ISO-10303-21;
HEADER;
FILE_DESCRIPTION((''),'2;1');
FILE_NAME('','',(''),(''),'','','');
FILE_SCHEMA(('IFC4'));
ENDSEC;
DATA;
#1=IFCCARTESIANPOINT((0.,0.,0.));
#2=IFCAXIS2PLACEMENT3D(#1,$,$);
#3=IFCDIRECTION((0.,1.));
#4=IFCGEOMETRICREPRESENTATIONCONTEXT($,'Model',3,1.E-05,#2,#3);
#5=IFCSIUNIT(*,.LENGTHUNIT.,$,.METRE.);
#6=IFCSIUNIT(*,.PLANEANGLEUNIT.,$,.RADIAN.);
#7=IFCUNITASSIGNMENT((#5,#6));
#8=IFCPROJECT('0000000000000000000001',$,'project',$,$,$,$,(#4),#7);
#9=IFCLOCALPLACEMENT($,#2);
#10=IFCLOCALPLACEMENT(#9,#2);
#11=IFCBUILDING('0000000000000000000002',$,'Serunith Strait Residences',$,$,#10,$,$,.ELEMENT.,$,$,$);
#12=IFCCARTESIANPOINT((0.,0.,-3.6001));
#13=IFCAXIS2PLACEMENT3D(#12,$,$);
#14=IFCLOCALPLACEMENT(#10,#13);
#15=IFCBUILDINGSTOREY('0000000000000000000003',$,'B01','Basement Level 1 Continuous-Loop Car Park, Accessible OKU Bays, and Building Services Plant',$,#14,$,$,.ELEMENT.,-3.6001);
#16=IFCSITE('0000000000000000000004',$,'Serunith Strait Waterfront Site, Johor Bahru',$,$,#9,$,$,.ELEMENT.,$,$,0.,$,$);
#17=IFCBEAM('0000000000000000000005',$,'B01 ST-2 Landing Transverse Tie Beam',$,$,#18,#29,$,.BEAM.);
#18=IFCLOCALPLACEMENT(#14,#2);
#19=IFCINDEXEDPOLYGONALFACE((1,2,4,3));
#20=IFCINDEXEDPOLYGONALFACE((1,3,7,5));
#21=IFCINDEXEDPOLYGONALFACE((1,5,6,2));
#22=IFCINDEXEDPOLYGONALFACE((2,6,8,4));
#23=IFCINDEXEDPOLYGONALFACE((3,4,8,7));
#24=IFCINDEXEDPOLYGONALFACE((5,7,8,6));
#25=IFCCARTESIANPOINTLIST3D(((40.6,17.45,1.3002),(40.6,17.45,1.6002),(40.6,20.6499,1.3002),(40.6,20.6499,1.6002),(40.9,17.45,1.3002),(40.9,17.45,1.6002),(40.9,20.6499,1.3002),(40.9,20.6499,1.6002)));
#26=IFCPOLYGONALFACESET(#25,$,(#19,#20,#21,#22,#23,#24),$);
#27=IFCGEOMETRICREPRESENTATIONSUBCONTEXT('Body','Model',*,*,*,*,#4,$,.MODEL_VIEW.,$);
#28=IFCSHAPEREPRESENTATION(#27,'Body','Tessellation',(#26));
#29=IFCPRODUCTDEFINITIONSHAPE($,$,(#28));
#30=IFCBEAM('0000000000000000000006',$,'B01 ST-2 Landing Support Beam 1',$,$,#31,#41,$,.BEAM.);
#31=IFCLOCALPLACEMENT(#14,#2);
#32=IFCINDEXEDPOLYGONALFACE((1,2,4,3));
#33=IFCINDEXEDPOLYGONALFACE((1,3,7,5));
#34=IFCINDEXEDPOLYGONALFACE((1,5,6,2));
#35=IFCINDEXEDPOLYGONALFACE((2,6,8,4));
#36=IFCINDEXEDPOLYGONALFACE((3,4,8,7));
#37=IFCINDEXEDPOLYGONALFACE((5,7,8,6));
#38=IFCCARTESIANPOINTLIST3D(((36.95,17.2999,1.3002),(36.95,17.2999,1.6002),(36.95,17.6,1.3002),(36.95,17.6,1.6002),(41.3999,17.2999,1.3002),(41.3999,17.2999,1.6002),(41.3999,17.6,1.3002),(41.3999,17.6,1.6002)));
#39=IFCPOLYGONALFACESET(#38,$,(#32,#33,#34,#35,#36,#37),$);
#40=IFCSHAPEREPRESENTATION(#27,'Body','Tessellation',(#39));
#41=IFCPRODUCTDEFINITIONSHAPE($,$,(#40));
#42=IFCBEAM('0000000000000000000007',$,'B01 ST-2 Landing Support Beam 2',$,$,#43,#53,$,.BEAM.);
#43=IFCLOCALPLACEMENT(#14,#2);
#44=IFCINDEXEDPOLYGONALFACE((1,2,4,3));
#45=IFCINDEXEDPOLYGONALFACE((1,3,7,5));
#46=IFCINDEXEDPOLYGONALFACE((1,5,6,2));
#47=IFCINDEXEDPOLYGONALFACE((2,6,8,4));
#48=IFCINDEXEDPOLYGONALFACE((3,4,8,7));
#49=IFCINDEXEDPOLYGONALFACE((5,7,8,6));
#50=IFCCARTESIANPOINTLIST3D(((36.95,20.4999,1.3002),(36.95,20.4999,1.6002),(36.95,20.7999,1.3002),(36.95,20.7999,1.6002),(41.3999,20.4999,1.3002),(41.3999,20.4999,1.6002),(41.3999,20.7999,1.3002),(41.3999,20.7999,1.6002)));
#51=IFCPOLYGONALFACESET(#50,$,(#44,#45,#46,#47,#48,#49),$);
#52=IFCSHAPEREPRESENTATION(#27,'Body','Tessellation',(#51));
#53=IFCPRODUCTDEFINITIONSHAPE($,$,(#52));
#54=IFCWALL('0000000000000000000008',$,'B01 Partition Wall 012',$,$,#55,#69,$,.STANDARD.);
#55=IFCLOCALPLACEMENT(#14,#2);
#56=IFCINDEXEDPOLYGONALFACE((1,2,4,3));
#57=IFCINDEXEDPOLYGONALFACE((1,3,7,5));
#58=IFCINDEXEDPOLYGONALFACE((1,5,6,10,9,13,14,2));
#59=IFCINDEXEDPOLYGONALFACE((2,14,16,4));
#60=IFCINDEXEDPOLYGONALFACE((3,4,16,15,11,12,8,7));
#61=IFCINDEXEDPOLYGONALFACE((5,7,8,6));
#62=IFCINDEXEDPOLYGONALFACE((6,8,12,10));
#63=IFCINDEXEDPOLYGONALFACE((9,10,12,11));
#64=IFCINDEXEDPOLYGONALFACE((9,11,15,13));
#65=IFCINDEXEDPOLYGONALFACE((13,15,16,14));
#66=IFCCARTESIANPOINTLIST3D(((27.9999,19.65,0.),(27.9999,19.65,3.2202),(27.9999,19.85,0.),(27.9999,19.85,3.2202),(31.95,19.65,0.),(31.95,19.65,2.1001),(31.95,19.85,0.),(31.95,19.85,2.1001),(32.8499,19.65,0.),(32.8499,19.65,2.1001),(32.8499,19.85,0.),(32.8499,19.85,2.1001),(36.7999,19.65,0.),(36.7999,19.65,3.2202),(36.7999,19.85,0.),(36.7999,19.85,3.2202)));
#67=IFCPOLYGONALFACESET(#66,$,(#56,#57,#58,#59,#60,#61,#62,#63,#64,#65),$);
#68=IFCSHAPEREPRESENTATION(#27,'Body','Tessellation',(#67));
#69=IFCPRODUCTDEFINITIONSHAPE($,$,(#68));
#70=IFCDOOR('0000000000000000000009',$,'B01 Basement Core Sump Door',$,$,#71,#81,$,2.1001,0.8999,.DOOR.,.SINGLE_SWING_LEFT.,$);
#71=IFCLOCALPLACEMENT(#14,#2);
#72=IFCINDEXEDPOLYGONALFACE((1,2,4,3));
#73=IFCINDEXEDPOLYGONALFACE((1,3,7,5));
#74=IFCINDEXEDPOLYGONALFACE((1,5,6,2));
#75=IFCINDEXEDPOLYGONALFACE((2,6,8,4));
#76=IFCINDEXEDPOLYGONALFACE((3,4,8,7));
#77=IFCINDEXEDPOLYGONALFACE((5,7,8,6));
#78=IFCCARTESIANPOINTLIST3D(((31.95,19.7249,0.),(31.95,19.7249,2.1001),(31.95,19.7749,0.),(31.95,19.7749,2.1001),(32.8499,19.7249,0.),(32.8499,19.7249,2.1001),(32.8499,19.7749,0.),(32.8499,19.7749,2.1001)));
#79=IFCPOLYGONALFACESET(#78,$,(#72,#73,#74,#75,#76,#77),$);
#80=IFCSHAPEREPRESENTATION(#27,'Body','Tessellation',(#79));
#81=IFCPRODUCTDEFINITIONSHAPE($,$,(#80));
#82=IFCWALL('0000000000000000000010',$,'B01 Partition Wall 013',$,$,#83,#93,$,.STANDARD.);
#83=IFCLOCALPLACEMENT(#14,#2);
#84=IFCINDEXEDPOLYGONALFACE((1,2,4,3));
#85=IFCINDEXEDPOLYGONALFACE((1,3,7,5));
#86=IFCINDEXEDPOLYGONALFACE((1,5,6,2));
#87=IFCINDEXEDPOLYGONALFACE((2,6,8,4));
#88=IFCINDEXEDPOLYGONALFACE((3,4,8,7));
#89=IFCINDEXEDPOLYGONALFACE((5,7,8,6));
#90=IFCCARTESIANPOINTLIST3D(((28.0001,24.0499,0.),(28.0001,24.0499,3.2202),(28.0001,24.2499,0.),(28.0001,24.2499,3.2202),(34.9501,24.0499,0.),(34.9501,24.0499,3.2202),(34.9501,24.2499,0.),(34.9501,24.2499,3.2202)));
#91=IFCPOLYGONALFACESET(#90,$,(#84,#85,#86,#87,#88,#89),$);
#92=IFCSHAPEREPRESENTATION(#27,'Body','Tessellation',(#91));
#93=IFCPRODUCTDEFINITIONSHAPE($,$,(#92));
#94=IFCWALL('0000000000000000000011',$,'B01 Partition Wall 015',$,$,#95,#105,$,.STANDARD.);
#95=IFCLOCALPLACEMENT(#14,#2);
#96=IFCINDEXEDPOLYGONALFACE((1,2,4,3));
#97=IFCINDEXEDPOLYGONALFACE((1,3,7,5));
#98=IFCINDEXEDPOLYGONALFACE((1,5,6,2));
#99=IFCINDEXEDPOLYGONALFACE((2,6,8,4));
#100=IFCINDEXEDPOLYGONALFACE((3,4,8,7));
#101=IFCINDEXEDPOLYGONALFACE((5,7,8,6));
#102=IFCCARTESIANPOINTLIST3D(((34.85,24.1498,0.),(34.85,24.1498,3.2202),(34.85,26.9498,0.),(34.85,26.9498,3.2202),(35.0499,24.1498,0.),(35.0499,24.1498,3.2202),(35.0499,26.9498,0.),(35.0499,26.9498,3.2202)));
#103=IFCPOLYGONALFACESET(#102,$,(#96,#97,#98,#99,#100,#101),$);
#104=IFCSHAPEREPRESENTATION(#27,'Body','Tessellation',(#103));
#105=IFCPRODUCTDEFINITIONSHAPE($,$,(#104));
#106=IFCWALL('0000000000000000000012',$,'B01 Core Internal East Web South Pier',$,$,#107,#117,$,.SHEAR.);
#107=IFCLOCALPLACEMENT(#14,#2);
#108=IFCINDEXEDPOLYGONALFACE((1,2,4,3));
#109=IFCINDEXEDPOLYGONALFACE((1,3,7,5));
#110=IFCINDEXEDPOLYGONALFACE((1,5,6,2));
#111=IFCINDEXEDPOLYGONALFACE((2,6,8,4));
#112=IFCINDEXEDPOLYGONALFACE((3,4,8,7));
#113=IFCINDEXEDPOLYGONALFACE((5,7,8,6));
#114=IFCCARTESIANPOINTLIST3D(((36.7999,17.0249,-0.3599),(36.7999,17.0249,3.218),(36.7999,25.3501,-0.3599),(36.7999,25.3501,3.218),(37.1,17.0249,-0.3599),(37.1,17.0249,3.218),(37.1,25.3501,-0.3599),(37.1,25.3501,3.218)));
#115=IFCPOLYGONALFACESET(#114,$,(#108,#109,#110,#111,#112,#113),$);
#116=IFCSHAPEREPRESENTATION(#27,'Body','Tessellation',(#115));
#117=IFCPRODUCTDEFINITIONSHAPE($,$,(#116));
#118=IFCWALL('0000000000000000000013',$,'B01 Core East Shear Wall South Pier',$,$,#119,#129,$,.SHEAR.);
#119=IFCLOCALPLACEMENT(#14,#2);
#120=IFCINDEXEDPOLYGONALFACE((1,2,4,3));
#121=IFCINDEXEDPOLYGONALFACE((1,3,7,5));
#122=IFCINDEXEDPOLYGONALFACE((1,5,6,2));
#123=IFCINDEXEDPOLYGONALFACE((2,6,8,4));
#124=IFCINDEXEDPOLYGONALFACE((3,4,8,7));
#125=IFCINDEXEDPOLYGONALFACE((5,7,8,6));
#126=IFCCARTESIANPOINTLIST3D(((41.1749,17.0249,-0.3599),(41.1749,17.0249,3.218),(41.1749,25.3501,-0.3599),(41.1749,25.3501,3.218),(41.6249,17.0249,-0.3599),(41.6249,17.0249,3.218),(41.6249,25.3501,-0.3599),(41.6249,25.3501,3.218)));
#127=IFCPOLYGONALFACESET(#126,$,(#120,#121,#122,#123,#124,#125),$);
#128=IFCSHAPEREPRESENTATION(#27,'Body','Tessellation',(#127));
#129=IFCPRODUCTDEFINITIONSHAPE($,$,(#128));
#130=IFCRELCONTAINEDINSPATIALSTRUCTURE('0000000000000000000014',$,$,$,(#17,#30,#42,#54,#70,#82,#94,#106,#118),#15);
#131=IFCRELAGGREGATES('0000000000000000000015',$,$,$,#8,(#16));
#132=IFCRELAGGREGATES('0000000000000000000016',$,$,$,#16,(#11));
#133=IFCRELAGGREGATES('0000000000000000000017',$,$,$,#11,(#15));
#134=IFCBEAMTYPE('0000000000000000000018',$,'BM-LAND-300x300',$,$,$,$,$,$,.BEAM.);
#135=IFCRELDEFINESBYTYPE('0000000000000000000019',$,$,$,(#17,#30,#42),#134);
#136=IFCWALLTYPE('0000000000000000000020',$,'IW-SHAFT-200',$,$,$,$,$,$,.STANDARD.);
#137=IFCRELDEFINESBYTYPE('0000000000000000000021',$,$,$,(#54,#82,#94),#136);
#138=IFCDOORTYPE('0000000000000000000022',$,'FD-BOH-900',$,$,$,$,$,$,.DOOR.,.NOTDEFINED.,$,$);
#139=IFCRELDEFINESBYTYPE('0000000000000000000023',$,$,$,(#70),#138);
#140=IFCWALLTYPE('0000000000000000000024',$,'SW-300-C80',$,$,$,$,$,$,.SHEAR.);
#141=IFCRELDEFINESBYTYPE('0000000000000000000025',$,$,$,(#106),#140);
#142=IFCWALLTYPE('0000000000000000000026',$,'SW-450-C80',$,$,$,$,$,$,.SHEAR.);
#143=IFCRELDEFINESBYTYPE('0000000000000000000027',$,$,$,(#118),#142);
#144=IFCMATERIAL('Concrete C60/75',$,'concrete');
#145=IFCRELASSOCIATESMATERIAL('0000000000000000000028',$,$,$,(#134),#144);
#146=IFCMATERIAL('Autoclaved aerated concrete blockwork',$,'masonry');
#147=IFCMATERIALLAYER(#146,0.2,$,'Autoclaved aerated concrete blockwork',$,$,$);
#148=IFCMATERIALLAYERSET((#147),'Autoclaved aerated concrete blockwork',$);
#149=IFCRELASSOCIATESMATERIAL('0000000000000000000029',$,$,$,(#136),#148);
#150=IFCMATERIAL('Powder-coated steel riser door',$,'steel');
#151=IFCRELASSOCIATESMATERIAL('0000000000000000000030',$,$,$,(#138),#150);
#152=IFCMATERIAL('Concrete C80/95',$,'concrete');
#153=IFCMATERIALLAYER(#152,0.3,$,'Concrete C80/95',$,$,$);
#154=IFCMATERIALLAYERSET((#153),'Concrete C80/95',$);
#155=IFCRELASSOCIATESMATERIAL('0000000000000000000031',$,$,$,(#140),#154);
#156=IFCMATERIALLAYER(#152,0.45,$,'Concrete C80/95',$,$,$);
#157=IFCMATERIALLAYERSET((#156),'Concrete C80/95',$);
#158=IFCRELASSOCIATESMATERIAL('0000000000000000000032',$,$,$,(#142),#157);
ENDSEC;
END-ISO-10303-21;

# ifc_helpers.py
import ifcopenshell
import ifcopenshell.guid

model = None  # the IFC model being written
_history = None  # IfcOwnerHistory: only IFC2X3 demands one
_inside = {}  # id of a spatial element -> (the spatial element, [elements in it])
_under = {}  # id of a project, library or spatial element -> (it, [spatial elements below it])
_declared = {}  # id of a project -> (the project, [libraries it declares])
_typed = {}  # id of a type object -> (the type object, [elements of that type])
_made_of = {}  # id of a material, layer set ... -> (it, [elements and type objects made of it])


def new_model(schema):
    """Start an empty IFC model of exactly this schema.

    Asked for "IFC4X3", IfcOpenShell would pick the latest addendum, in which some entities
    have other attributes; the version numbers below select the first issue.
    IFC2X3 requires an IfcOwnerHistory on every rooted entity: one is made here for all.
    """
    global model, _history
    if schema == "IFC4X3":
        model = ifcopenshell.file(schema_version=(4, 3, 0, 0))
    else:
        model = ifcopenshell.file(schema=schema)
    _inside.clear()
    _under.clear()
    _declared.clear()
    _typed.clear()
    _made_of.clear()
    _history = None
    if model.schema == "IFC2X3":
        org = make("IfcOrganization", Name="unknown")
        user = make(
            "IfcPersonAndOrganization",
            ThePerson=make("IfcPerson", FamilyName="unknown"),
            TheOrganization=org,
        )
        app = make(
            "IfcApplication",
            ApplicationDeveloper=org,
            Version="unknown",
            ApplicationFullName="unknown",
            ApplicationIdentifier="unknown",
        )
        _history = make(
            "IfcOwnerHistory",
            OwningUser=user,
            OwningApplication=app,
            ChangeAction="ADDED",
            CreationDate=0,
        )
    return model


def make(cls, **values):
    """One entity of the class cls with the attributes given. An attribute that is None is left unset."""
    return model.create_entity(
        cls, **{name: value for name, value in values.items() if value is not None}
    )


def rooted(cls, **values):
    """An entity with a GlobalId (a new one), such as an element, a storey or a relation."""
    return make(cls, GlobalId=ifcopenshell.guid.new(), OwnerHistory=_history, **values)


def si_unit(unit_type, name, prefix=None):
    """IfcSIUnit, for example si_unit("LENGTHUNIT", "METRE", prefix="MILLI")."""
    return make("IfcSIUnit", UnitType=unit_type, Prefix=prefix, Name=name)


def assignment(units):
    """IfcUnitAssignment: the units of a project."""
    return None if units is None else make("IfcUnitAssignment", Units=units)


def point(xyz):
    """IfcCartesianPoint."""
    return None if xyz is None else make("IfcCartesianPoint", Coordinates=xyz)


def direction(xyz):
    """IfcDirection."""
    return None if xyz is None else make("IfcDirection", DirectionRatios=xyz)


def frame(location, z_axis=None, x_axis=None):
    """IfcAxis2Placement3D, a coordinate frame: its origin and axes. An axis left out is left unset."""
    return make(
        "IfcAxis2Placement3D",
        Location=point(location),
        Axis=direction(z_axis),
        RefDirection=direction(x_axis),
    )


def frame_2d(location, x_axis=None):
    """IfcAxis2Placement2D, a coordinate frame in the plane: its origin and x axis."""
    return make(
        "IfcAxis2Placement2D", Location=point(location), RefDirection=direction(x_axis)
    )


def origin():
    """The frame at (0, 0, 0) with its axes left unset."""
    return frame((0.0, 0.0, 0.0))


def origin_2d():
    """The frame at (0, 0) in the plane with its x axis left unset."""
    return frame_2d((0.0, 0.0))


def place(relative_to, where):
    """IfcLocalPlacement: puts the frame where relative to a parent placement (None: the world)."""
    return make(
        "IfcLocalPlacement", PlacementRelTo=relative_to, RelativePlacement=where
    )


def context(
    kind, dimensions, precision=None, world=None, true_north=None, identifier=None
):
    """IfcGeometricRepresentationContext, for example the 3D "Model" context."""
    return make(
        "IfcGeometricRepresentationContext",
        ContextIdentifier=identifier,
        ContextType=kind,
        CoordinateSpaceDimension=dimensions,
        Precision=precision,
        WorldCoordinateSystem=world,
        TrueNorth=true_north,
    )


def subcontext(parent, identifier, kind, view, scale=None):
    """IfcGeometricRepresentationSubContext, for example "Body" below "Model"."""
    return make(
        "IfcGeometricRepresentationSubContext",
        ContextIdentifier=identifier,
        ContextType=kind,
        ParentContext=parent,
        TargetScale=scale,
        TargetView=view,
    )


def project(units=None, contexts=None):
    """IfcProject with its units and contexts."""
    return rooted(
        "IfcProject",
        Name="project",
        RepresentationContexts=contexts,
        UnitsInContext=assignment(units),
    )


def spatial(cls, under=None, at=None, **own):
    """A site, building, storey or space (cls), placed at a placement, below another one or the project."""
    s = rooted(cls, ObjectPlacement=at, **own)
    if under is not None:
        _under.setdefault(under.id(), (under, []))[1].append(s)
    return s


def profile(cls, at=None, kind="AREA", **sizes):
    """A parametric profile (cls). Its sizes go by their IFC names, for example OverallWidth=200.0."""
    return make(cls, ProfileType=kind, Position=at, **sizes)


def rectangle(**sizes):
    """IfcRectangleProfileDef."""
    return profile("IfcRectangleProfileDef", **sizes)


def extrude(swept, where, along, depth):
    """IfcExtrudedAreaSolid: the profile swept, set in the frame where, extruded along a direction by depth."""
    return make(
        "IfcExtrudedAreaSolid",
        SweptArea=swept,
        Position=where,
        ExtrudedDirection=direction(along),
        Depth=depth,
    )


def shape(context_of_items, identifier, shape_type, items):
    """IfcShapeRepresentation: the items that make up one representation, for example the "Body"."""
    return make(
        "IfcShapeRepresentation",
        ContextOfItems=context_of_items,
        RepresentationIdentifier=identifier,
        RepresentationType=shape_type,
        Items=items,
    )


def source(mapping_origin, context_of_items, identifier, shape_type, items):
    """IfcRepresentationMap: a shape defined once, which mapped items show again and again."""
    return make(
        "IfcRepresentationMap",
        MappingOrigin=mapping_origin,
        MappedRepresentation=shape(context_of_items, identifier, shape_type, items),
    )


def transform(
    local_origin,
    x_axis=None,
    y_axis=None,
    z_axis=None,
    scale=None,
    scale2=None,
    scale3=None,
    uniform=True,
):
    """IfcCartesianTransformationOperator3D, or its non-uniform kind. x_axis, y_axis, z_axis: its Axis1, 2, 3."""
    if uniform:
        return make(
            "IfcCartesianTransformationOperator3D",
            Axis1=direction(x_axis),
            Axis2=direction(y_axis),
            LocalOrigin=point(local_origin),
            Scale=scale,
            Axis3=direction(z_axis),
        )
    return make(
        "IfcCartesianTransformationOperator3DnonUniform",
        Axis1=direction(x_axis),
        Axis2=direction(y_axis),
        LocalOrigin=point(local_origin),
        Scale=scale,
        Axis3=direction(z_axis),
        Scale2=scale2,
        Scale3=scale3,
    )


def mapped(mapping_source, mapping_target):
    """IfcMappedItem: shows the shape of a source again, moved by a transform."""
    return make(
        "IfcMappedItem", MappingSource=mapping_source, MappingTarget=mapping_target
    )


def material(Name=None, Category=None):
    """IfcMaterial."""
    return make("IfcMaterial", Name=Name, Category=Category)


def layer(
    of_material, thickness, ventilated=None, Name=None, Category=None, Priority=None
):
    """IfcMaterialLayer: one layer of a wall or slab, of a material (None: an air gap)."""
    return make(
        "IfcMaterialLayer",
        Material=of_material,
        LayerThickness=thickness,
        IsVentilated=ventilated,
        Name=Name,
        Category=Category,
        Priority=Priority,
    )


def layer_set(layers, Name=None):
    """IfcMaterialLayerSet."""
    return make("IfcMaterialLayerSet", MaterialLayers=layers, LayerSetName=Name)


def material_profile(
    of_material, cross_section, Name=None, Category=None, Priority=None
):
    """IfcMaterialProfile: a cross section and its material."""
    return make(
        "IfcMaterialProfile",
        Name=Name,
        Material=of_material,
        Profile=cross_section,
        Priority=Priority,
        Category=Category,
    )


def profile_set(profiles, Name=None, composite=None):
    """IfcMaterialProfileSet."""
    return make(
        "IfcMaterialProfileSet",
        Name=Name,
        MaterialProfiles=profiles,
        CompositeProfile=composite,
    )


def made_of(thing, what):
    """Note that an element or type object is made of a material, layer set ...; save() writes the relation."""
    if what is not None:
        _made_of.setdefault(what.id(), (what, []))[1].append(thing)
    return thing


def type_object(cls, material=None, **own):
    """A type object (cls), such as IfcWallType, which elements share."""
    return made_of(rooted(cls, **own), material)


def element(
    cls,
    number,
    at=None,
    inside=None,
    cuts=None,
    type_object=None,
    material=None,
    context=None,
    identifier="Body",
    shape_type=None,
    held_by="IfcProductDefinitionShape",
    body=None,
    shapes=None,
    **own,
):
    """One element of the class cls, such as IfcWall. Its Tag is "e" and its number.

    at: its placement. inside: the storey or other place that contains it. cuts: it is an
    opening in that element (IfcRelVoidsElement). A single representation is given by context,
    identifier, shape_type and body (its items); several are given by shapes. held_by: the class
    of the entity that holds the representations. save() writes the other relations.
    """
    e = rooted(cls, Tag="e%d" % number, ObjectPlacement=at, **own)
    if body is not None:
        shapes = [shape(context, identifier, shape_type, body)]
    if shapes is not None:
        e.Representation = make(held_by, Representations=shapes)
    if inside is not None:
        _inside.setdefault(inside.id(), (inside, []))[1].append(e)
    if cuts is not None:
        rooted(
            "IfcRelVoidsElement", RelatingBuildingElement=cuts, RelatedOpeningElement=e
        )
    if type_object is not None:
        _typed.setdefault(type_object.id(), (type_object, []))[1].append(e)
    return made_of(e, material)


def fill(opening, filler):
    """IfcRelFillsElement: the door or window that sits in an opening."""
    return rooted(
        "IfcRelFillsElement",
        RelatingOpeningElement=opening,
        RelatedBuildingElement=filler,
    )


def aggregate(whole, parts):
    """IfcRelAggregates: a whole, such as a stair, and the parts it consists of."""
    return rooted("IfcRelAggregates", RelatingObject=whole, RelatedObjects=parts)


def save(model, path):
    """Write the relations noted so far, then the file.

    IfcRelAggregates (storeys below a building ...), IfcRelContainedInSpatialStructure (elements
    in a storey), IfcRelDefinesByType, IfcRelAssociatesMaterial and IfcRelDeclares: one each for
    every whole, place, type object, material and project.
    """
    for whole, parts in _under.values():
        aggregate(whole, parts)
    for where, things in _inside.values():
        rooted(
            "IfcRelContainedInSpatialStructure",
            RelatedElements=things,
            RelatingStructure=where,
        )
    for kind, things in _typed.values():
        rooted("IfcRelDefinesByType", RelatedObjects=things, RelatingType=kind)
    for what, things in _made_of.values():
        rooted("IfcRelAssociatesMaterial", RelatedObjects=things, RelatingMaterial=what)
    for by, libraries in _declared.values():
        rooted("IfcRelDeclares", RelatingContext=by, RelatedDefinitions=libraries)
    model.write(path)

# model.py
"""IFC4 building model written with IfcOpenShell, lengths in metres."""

from ifc_helpers import new_model, si_unit, direction, frame, frame_2d, origin, origin_2d, place, context, subcontext, project, spatial, rectangle, extrude, source, transform, mapped, material, layer, layer_set, material_profile, profile_set, type_object, element, fill, save


model = new_model("IFC4")

# Units and contexts
model_context = context("Model", 3, precision=1e-05, world=origin(), true_north=direction((0.0, 1.0)))
body_context = subcontext(model_context, "Body", "Model", "MODEL_VIEW")
ifc_project = project(units=[si_unit("LENGTHUNIT", "METRE"), si_unit("PLANEANGLEUNIT", "RADIAN")], contexts=[model_context])

# Site, building, storey
site_placement = place(None, origin())
site = spatial("IfcSite", under=ifc_project, at=site_placement, Name="Serunith Strait Waterfront Site, Johor Bahru", CompositionType="ELEMENT", RefElevation=0.0)
building_placement = place(site_placement, origin())
building = spatial("IfcBuilding", under=site, at=building_placement, Name="Serunith Strait Residences", CompositionType="ELEMENT")
storey_placement = place(building_placement, frame((0.0, 0.0, -3.6001)))
storey = spatial("IfcBuildingStorey", under=building, at=storey_placement, Name="B01", Description="Basement Level 1 Continuous-Loop Car Park, Accessible OKU Bays, and Building Services Plant", CompositionType="ELEMENT", Elevation=-3.6001)

# Beams
ifc_material_1 = material(Name="Concrete C60/75", Category="concrete")
ifc_material_profile_1 = material_profile(ifc_material_1, rectangle(XDim=0.3, YDim=0.3, at=origin_2d()), Name="RC 300x300")
ifc_profile_set_1 = profile_set([ifc_material_profile_1], Name="Concrete C60/75")
beam_type_1 = type_object("IfcBeamType", Name="BM-LAND-300x300", PredefinedType="BEAM", material=ifc_profile_set_1)
shared_shape_1 = source(origin(), body_context, "Body", "SweptSolid", [
    extrude(rectangle(XDim=0.3, YDim=0.3, at=origin_2d()), origin(), (0.0, 0.0, 1.0), 3.2),
])
beam_1_placement = place(storey_placement, frame((40.75, 17.45, 1.4502), z_axis=(0.0, 1.0, 0.0), x_axis=(-1.0, 0.0, 0.0)))
element("IfcBeam", 1, at=beam_1_placement, inside=storey, type_object=beam_type_1, Name="B01 ST-2 Landing Transverse Tie Beam", PredefinedType="BEAM", context=body_context, shape_type="MappedRepresentation", body=[
    mapped(shared_shape_1, transform((0.0, 0.0, 0.0), scale=1.0)),
])
shared_shape_2 = source(origin(), body_context, "Body", "SweptSolid", [
    extrude(rectangle(XDim=0.3, YDim=0.3, at=origin_2d()), origin(), (0.0, 0.0, 1.0), 4.45),
])
for number, where, z_axis, x_axis, name in (
    (2, (36.95, 17.45, 1.4502), (1.0, 0.0, 0.0), (0.0, 1.0, 0.0), "B01 ST-2 Landing Support Beam 1"),
    (3, (36.95, 20.6499, 1.4502), (1.0, 0.0, 0.0), (0.0, 1.0, 0.0), "B01 ST-2 Landing Support Beam 2"),
):
    element("IfcBeam", number, at=place(storey_placement, frame(where, z_axis=z_axis, x_axis=x_axis)), inside=storey, type_object=beam_type_1, Name=name, PredefinedType="BEAM", context=body_context, shape_type="MappedRepresentation", body=[
        mapped(shared_shape_2, transform((0.0, 0.0, 0.0), scale=1.0)),
    ])

# Wall, opening, door
ifc_material_2 = material(Name="Autoclaved aerated concrete blockwork", Category="masonry")
ifc_layer_1 = layer(ifc_material_2, 0.2, Name="Autoclaved aerated concrete blockwork")
ifc_layer_set_1 = layer_set([ifc_layer_1], Name="Autoclaved aerated concrete blockwork")
wall_type_1 = type_object("IfcWallType", Name="IW-SHAFT-200", PredefinedType="STANDARD", material=ifc_layer_set_1)
wall_1_placement = place(storey_placement, frame((28.0, 19.75, 0.0), z_axis=(0.0, 0.0, 1.0), x_axis=(1.0, 0.0, 0.0)))
wall_1 = element("IfcWall", 4, at=wall_1_placement, inside=storey, type_object=wall_type_1, Name="B01 Partition Wall 012", PredefinedType="STANDARD", context=body_context, shape_type="SweptSolid", body=[
    extrude(rectangle(XDim=8.8, YDim=0.2, at=frame_2d((4.3999, 0.0))), origin(), (0.0, 0.0, 1.0), 3.2202),
])
opening_placement = place(wall_1_placement, frame((3.95, 0.0, 0.0)))
opening = element("IfcOpeningElement", 5, at=opening_placement, cuts=wall_1, PredefinedType="OPENING", context=body_context, shape_type="SweptSolid", body=[
    extrude(rectangle(XDim=0.8999, YDim=2.1001, at=frame_2d((0.45, 1.05))), frame((0.0, 0.1099, 0.0), z_axis=(0.0, -1.0, 0.0), x_axis=(1.0, 0.0, 0.0)), (0.0, 0.0, 1.0), 0.22),
])
ifc_material_3 = material(Name="Powder-coated steel riser door", Category="steel")
door_type = type_object("IfcDoorType", Name="FD-BOH-900", OperationType="NOTDEFINED", PredefinedType="DOOR", material=ifc_material_3)
shared_shape_3 = source(origin(), body_context, "Body", "SweptSolid", [
    extrude(rectangle(XDim=0.8999, YDim=2.1001, at=frame_2d((0.45, 1.05))), frame((0.0, 0.0249, 0.0), z_axis=(0.0, -1.0, 0.0), x_axis=(1.0, 0.0, 0.0)), (0.0, 0.0, 1.0), 0.05),
])
door_placement = place(opening_placement, origin())
door = element("IfcDoor", 6, at=door_placement, inside=storey, type_object=door_type, Name="B01 Basement Core Sump Door", OperationType="SINGLE_SWING_LEFT", OverallHeight=2.1001, OverallWidth=0.8999, PredefinedType="DOOR", context=body_context, shape_type="MappedRepresentation", body=[
    mapped(shared_shape_3, transform((0.0, 0.0, 0.0), scale=1.0)),
])
fill(opening, door)

# Walls
wall_2_placement = place(storey_placement, frame((28.0, 24.1499, 0.0), z_axis=(0.0, 0.0, 1.0), x_axis=(1.0, 0.0, 0.0)))
element("IfcWall", 7, at=wall_2_placement, inside=storey, type_object=wall_type_1, Name="B01 Partition Wall 013", PredefinedType="STANDARD", context=body_context, shape_type="SweptSolid", body=[
    extrude(rectangle(XDim=6.95, YDim=0.2, at=frame_2d((3.4751, 0.0))), origin(), (0.0, 0.0, 1.0), 3.2202),
])
wall_3_placement = place(storey_placement, frame((34.95, 24.1499, 0.0), z_axis=(0.0, 0.0, 1.0), x_axis=(0.0, 1.0, 0.0)))
element("IfcWall", 8, at=wall_3_placement, inside=storey, type_object=wall_type_1, Name="B01 Partition Wall 015", PredefinedType="STANDARD", context=body_context, shape_type="SweptSolid", body=[
    extrude(rectangle(XDim=2.8, YDim=0.2, at=frame_2d((1.3999, 0.0))), origin(), (0.0, 0.0, 1.0), 3.2202),
])
ifc_material_4 = material(Name="Concrete C80/95", Category="concrete")
ifc_layer_2 = layer(ifc_material_4, 0.3, Name="Concrete C80/95")
ifc_layer_set_2 = layer_set([ifc_layer_2], Name="Concrete C80/95")
wall_type_2 = type_object("IfcWallType", Name="SW-300-C80", PredefinedType="SHEAR", material=ifc_layer_set_2)
wall_4_placement = place(storey_placement, frame((36.95, 17.0249, -0.3599), z_axis=(0.0, 0.0, 1.0), x_axis=(0.0, 1.0, 0.0)))
element("IfcWall", 9, at=wall_4_placement, inside=storey, type_object=wall_type_2, Name="B01 Core Internal East Web South Pier", PredefinedType="SHEAR", context=body_context, shape_type="SweptSolid", body=[
    extrude(rectangle(XDim=8.3252, YDim=0.3, at=frame_2d((4.1626, 0.0))), origin(), (0.0, 0.0, 1.0), 3.5779),
])
ifc_layer_3 = layer(ifc_material_4, 0.45, Name="Concrete C80/95")
ifc_layer_set_3 = layer_set([ifc_layer_3], Name="Concrete C80/95")
wall_type_3 = type_object("IfcWallType", Name="SW-450-C80", PredefinedType="SHEAR", material=ifc_layer_set_3)
wall_5_placement = place(storey_placement, frame((41.3999, 17.0249, -0.3599), z_axis=(0.0, 0.0, 1.0), x_axis=(0.0, 1.0, 0.0)))
element("IfcWall", 10, at=wall_5_placement, inside=storey, type_object=wall_type_3, Name="B01 Core East Shear Wall South Pier", PredefinedType="SHEAR", context=body_context, shape_type="SweptSolid", body=[
    extrude(rectangle(XDim=8.3252, YDim=0.45, at=frame_2d((4.1626, 0.0))), origin(), (0.0, 0.0, 1.0), 3.5779),
])

save(model, "model.ifc")
